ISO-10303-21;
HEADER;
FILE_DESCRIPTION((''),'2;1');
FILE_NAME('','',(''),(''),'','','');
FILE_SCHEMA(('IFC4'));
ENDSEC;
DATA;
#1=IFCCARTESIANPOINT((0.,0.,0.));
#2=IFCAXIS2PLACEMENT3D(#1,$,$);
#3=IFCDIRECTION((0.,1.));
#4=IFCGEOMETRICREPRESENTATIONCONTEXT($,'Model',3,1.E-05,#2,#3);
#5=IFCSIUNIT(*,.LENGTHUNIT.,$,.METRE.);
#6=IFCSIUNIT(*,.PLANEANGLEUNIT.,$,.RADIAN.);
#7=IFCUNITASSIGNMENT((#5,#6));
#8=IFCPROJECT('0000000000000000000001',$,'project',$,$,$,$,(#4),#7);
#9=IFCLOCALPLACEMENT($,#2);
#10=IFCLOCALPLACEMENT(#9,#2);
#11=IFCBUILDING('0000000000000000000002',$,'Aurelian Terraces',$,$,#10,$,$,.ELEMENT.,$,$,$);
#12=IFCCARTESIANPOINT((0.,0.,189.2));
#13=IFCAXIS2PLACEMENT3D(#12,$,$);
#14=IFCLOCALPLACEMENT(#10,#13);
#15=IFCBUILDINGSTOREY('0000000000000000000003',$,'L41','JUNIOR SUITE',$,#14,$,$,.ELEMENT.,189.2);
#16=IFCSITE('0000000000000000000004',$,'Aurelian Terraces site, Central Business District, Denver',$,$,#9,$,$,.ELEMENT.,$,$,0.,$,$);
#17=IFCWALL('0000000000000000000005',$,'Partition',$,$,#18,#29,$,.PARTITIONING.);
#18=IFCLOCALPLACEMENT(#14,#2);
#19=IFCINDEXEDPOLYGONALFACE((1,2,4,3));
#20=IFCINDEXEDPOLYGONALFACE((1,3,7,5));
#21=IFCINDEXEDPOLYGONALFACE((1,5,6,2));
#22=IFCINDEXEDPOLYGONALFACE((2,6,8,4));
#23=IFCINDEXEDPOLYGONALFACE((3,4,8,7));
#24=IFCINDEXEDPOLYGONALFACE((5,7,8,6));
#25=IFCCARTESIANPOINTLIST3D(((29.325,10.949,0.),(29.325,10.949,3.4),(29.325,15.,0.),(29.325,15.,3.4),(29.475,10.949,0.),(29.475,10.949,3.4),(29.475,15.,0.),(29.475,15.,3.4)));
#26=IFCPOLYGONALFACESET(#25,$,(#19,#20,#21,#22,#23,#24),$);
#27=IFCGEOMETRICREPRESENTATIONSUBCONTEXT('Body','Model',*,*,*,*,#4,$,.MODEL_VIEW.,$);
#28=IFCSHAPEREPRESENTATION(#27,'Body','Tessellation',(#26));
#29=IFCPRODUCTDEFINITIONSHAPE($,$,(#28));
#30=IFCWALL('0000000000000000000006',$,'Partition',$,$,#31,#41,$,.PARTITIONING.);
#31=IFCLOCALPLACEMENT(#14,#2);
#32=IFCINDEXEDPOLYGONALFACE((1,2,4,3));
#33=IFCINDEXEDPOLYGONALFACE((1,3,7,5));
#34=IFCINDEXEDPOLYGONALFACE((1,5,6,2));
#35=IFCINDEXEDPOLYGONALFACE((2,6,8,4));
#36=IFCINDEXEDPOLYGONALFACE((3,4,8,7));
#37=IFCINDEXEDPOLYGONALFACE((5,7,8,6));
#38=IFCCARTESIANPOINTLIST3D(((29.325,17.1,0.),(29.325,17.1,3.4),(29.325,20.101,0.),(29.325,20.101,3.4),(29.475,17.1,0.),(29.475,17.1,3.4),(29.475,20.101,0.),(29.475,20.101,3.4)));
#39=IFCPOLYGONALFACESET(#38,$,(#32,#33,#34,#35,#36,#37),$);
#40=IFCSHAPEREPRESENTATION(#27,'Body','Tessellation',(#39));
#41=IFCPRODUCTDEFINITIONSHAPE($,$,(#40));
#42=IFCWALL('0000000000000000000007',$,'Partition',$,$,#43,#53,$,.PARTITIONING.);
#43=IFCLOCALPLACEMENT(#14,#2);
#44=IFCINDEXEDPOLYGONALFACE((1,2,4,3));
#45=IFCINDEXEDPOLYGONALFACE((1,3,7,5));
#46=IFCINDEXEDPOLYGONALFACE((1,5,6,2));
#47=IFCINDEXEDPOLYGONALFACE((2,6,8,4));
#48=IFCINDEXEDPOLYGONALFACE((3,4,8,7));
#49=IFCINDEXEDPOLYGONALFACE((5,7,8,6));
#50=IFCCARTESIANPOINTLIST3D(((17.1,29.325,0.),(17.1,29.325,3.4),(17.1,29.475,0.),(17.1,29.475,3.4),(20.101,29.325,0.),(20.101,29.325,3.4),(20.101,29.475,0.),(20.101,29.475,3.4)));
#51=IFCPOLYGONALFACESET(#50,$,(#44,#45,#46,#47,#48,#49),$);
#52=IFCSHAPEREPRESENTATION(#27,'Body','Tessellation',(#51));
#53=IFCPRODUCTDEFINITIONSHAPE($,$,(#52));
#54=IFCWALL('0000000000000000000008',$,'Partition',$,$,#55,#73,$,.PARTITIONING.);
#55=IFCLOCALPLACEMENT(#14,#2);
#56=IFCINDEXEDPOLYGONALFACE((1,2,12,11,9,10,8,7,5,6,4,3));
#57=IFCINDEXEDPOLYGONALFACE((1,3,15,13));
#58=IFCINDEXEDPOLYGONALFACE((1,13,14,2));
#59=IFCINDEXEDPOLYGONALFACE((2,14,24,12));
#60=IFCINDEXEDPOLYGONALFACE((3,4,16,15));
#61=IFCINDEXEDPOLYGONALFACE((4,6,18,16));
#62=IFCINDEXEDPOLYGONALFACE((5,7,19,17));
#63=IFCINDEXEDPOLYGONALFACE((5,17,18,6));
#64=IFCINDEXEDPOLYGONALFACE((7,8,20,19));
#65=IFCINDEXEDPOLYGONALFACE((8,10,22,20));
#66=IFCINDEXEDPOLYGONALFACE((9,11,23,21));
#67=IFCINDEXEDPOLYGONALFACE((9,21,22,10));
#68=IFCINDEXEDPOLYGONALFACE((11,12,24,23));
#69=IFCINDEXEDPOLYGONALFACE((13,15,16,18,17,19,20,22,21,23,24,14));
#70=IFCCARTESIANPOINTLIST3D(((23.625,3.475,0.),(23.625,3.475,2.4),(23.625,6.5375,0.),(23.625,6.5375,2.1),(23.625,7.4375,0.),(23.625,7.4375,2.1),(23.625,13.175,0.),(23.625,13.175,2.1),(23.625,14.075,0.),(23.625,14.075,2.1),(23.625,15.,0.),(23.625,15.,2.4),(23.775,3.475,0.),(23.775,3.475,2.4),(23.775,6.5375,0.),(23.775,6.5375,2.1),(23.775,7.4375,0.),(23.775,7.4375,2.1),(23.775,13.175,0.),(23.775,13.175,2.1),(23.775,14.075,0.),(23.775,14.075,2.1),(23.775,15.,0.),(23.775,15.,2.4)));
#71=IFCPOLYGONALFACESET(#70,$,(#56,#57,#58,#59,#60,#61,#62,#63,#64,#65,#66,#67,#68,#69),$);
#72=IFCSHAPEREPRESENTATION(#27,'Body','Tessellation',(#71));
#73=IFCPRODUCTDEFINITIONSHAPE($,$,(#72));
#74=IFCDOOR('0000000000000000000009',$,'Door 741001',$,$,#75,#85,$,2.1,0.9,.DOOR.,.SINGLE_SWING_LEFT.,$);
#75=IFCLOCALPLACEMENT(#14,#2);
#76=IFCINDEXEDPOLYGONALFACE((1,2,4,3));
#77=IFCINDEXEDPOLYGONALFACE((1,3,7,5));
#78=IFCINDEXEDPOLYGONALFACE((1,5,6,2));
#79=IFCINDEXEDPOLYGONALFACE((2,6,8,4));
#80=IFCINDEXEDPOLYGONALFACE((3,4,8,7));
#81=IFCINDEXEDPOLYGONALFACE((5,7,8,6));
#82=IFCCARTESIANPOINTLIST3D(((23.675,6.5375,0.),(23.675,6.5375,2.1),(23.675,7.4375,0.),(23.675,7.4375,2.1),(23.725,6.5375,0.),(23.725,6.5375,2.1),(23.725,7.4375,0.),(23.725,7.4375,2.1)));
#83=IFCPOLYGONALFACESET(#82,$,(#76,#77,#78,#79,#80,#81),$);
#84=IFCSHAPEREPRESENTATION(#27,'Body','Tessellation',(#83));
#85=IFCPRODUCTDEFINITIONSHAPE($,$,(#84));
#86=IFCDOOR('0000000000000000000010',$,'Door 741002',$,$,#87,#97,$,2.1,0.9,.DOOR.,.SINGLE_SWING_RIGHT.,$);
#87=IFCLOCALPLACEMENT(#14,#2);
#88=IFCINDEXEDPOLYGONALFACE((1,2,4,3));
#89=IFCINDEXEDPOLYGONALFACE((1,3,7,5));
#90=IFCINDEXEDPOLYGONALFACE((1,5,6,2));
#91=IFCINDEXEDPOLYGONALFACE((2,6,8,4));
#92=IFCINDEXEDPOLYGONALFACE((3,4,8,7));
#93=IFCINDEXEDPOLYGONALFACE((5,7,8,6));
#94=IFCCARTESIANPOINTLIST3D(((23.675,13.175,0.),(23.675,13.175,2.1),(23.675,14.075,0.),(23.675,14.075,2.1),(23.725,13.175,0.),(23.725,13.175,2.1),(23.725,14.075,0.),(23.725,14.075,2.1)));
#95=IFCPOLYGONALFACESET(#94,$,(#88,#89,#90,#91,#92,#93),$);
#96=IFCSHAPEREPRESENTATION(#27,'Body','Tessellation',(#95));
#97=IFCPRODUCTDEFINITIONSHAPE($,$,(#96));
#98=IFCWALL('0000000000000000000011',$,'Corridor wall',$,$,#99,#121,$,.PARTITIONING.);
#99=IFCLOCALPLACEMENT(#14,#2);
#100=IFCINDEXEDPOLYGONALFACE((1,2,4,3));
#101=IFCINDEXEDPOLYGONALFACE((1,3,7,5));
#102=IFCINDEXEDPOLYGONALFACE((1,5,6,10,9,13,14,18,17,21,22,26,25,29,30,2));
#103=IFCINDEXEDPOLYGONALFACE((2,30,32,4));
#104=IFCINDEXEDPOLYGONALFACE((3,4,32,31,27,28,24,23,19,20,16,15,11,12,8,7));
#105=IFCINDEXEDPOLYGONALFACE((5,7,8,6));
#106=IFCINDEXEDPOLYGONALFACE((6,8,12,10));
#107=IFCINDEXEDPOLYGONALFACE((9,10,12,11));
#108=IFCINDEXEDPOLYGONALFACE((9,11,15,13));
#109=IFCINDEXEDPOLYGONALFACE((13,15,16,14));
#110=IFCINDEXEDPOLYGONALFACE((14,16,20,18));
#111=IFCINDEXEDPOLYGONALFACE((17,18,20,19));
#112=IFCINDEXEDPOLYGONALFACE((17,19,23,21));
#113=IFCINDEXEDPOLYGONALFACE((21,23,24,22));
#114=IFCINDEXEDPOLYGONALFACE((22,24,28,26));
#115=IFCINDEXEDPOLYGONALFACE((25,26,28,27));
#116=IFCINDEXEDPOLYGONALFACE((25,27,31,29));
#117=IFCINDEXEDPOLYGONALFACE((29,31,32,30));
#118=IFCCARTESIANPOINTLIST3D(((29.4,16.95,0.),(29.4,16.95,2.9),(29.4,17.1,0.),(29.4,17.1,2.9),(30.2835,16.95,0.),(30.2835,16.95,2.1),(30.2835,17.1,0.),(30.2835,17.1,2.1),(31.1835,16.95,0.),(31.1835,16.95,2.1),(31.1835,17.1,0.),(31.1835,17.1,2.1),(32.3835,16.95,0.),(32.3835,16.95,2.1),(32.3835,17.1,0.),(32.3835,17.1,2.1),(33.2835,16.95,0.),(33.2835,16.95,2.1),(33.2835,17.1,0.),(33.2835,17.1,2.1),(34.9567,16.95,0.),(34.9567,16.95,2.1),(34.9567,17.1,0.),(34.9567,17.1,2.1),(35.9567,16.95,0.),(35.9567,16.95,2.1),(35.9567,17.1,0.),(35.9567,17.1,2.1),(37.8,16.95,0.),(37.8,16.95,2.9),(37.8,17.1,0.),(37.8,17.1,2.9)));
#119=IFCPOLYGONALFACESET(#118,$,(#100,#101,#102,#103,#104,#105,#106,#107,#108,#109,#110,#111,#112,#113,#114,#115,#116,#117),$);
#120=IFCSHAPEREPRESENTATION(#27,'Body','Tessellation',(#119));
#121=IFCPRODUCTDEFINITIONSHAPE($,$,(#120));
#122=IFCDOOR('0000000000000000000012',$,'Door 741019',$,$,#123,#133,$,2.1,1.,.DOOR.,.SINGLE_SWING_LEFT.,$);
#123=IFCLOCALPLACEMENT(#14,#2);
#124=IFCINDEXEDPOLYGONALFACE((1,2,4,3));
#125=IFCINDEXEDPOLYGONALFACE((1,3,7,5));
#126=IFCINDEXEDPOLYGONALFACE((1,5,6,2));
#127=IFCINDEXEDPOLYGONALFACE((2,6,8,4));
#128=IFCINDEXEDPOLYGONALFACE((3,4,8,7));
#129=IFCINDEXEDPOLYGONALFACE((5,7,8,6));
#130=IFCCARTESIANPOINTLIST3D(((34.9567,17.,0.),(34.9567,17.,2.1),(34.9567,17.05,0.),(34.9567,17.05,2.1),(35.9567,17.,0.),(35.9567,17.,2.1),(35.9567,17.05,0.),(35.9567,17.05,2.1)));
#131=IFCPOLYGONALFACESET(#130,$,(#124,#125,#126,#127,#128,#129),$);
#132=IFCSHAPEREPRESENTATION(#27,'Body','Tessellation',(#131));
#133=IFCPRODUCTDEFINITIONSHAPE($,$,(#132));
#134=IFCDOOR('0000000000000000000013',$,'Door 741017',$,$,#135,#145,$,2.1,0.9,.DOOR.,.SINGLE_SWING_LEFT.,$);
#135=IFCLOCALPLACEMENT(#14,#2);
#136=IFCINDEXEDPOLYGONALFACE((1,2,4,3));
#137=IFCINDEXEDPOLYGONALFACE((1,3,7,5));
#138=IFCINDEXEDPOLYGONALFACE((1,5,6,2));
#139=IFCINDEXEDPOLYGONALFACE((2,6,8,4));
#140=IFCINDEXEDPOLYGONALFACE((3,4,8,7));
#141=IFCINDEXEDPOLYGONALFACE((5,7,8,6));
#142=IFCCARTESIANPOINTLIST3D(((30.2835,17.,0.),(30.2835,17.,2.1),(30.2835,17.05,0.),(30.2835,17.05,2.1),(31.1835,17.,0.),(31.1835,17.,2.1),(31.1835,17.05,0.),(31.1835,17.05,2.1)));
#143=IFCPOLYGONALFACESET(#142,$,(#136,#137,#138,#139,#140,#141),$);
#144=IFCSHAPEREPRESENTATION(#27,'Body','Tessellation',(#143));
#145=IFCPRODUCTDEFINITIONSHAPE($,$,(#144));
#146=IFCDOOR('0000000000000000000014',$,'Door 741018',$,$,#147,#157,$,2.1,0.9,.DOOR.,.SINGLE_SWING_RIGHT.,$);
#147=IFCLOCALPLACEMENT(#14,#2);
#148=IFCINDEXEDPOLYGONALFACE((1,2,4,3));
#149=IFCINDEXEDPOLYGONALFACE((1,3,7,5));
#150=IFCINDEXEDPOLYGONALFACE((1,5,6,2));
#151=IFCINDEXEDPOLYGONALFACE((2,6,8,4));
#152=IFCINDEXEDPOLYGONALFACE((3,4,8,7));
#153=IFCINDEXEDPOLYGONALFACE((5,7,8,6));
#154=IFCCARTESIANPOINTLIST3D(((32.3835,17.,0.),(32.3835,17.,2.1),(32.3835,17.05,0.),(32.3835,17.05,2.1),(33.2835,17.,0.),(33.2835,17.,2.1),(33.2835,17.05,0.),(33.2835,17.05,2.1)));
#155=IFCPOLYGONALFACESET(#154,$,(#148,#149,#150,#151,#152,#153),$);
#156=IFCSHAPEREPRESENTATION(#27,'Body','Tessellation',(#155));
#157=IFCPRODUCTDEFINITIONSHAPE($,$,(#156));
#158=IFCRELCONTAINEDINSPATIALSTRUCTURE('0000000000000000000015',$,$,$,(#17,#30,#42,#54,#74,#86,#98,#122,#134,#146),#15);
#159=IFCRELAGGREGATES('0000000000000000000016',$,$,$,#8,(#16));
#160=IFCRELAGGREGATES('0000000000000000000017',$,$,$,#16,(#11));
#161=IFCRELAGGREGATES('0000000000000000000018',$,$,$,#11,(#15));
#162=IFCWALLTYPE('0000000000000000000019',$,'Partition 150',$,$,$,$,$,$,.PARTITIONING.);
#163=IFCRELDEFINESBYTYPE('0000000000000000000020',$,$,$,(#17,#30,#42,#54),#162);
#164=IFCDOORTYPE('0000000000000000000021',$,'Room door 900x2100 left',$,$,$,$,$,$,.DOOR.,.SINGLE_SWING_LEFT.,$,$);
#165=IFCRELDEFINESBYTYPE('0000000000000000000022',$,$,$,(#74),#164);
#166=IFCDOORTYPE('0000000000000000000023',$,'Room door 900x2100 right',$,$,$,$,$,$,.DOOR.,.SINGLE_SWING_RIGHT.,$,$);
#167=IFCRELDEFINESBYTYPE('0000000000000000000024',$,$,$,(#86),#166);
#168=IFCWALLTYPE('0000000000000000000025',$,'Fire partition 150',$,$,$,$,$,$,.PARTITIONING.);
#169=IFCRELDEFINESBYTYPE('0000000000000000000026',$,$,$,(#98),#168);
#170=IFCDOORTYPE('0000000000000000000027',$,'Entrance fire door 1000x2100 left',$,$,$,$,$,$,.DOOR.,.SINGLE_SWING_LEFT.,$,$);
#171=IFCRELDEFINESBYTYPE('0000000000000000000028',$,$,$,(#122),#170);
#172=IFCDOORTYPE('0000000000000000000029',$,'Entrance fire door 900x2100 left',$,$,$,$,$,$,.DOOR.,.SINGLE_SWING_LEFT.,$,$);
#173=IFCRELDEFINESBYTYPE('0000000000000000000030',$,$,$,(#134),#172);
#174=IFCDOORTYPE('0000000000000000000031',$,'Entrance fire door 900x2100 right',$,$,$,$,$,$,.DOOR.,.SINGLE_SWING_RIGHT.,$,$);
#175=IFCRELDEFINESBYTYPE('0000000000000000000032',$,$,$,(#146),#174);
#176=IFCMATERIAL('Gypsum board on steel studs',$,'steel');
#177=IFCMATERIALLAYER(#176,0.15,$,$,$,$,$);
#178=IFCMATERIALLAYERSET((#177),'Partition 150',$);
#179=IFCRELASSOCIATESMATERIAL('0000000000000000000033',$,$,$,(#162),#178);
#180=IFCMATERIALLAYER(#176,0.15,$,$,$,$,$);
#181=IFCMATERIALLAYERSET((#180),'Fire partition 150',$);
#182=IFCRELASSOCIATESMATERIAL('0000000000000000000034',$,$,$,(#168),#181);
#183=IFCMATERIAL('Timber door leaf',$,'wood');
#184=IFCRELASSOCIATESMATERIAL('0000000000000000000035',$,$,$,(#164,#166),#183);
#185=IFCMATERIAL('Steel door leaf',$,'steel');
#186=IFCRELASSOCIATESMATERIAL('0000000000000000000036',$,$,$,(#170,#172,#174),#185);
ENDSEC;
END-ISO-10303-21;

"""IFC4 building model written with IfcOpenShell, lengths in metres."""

from ifc_helpers import new_model, si_unit, direction, frame, frame_2d, origin, place, context, subcontext, project, spatial, rectangle, extrude, source, transform, mapped, material, layer, layer_set, type_object, element, fill, save


model = new_model("IFC4")

# Units and contexts
model_context = context("Model", 3, precision=1e-05, world=origin(), true_north=direction((0.0, 1.0)))
body_context = subcontext(model_context, "Body", "Model", "MODEL_VIEW")
ifc_project = project(units=[si_unit("LENGTHUNIT", "METRE"), si_unit("PLANEANGLEUNIT", "RADIAN")], contexts=[model_context])

# Site, building, storey
site_placement = place(None, origin())
site = spatial("IfcSite", under=ifc_project, at=site_placement, Name="Aurelian Terraces site, Central Business District, Denver", CompositionType="ELEMENT", RefElevation=0.0)
building_placement = place(site_placement, origin())
building = spatial("IfcBuilding", under=site, at=building_placement, Name="Aurelian Terraces", CompositionType="ELEMENT")
storey_placement = place(building_placement, frame((0.0, 0.0, 189.2)))
storey = spatial("IfcBuildingStorey", under=building, at=storey_placement, Name="L41", Description="JUNIOR SUITE", CompositionType="ELEMENT", Elevation=189.2)

# Shared definitions
ifc_material_1 = material(Name="Gypsum board on steel studs", Category="steel")
ifc_layer_1 = layer(ifc_material_1, 0.15)
ifc_layer_set_1 = layer_set([ifc_layer_1], Name="Partition 150")
wall_type_1 = type_object("IfcWallType", Name="Partition 150", PredefinedType="PARTITIONING", material=ifc_layer_set_1)
ifc_layer_2 = layer(ifc_material_1, 0.15)
ifc_layer_set_2 = layer_set([ifc_layer_2], Name="Fire partition 150")
wall_type_2 = type_object("IfcWallType", Name="Fire partition 150", PredefinedType="PARTITIONING", material=ifc_layer_set_2)

# Shared definitions
shared_shape_1 = source(origin(), body_context, "Body", "SweptSolid", [
    extrude(rectangle(XDim=0.9, YDim=2.1, at=frame_2d((0.45, 1.05))), frame((0.0, 0.085, 0.0), z_axis=(0.0, -1.0, 0.0), x_axis=(1.0, 0.0, 0.0)), (0.0, 0.0, 1.0), 0.17),
])
ifc_material_2 = material(Name="Timber door leaf", Category="wood")
door_type_1 = type_object("IfcDoorType", Name="Room door 900x2100 left", OperationType="SINGLE_SWING_LEFT", PredefinedType="DOOR", material=ifc_material_2)
shared_shape_2 = source(origin(), body_context, "Body", "SweptSolid", [
    extrude(rectangle(XDim=0.9, YDim=2.1, at=frame_2d((0.45, 1.05))), frame((0.0, 0.025, 0.0), z_axis=(0.0, -1.0, 0.0), x_axis=(1.0, 0.0, 0.0)), (0.0, 0.0, 1.0), 0.05),
])

# Walls
shared_shape_3 = source(origin(), body_context, "Body", "SweptSolid", [
    extrude(rectangle(XDim=4.051, YDim=0.15, at=frame_2d((2.0255, 0.0))), origin(), (0.0, 0.0, 1.0), 3.4),
])
wall_1_placement = place(storey_placement, frame((29.4, 10.949, 0.0), z_axis=(0.0, 0.0, 1.0), x_axis=(0.0, 1.0, 0.0)))
element("IfcWall", 1, at=wall_1_placement, inside=storey, type_object=wall_type_1, Name="Partition", PredefinedType="PARTITIONING", context=body_context, shape_type="MappedRepresentation", body=[
    mapped(shared_shape_3, transform((0.0, 0.0, 0.0), scale=1.0)),
])
shared_shape_4 = source(origin(), body_context, "Body", "SweptSolid", [
    extrude(rectangle(XDim=3.001, YDim=0.15, at=frame_2d((1.5005, 0.0))), origin(), (0.0, 0.0, 1.0), 3.4),
])
for number, where, z_axis, x_axis, name in (
    (2, (29.4, 17.1, 0.0), (0.0, 0.0, 1.0), (0.0, 1.0, 0.0), "Partition"),
    (3, (20.101, 29.4, 0.0), (0.0, 0.0, 1.0), (-1.0, 0.0, 0.0), "Partition"),
):
    element("IfcWall", number, at=place(storey_placement, frame(where, z_axis=z_axis, x_axis=x_axis)), inside=storey, type_object=wall_type_1, Name=name, PredefinedType="PARTITIONING", context=body_context, shape_type="MappedRepresentation", body=[
        mapped(shared_shape_4, transform((0.0, 0.0, 0.0), scale=1.0)),
    ])

# Walls, openings, doors
shared_shape_5 = source(origin(), body_context, "Body", "SweptSolid", [
    extrude(rectangle(XDim=11.525, YDim=0.15, at=frame_2d((5.7625, 0.0))), origin(), (0.0, 0.0, 1.0), 2.4),
])
wall_2_placement = place(storey_placement, frame((23.7, 15.0, 0.0), z_axis=(0.0, 0.0, 1.0), x_axis=(0.0, -1.0, 0.0)))
wall_2 = element("IfcWall", 4, at=wall_2_placement, inside=storey, type_object=wall_type_1, Name="Partition", PredefinedType="PARTITIONING", context=body_context, shape_type="MappedRepresentation", body=[
    mapped(shared_shape_5, transform((0.0, 0.0, 0.0), scale=1.0)),
])
opening_1_placement = place(wall_2_placement, frame((7.5625, 0.0, 0.0)))
opening_1 = element("IfcOpeningElement", 5, at=opening_1_placement, cuts=wall_2, PredefinedType="OPENING", context=body_context, shape_type="MappedRepresentation", body=[
    mapped(shared_shape_1, transform((0.0, 0.0, 0.0), scale=1.0)),
])
opening_2_placement = place(wall_2_placement, frame((0.925, 0.0, 0.0)))
opening_2 = element("IfcOpeningElement", 6, at=opening_2_placement, cuts=wall_2, PredefinedType="OPENING", context=body_context, shape_type="MappedRepresentation", body=[
    mapped(shared_shape_1, transform((0.0, 0.0, 0.0), scale=1.0)),
])
door_1_placement = place(opening_1_placement, origin())
door_1 = element("IfcDoor", 7, at=door_1_placement, inside=storey, type_object=door_type_1, Name="Door 741001", OperationType="SINGLE_SWING_LEFT", OverallHeight=2.1, OverallWidth=0.9, PredefinedType="DOOR", context=body_context, shape_type="MappedRepresentation", body=[
    mapped(shared_shape_2, transform((0.0, 0.0, 0.0), scale=1.0)),
])
fill(opening_1, door_1)
door_type_2 = type_object("IfcDoorType", Name="Room door 900x2100 right", OperationType="SINGLE_SWING_RIGHT", PredefinedType="DOOR", material=ifc_material_2)
door_2_placement = place(opening_2_placement, origin())
door_2 = element("IfcDoor", 8, at=door_2_placement, inside=storey, type_object=door_type_2, Name="Door 741002", OperationType="SINGLE_SWING_RIGHT", OverallHeight=2.1, OverallWidth=0.9, PredefinedType="DOOR", context=body_context, shape_type="MappedRepresentation", body=[
    mapped(shared_shape_2, transform((0.0, 0.0, 0.0), scale=1.0)),
])
fill(opening_2, door_2)
shared_shape_6 = source(origin(), body_context, "Body", "SweptSolid", [
    extrude(rectangle(XDim=8.4, YDim=0.15, at=frame_2d((4.2, 0.0))), origin(), (0.0, 0.0, 1.0), 2.9),
])
wall_3_placement = place(storey_placement, frame((29.4, 17.025, 0.0), z_axis=(0.0, 0.0, 1.0), x_axis=(1.0, 0.0, 0.0)))
wall_3 = element("IfcWall", 9, at=wall_3_placement, inside=storey, type_object=wall_type_2, Name="Corridor wall", PredefinedType="PARTITIONING", context=body_context, shape_type="MappedRepresentation", body=[
    mapped(shared_shape_6, transform((0.0, 0.0, 0.0), scale=1.0)),
])
opening_3_placement = place(wall_3_placement, frame((0.8835, 0.0, 0.0)))
opening_3 = element("IfcOpeningElement", 10, at=opening_3_placement, cuts=wall_3, PredefinedType="OPENING", context=body_context, shape_type="MappedRepresentation", body=[
    mapped(shared_shape_1, transform((0.0, 0.0, 0.0), scale=1.0)),
])
opening_4_placement = place(wall_3_placement, frame((2.9835, 0.0, 0.0)))
opening_4 = element("IfcOpeningElement", 11, at=opening_4_placement, cuts=wall_3, PredefinedType="OPENING", context=body_context, shape_type="MappedRepresentation", body=[
    mapped(shared_shape_1, transform((0.0, 0.0, 0.0), scale=1.0)),
])
shared_shape_7 = source(origin(), body_context, "Body", "SweptSolid", [
    extrude(rectangle(XDim=1.0, YDim=2.1, at=frame_2d((0.5, 1.05))), frame((0.0, 0.085, 0.0), z_axis=(0.0, -1.0, 0.0), x_axis=(1.0, 0.0, 0.0)), (0.0, 0.0, 1.0), 0.17),
])
opening_5_placement = place(wall_3_placement, frame((5.5567, 0.0, 0.0)))
opening_5 = element("IfcOpeningElement", 12, at=opening_5_placement, cuts=wall_3, PredefinedType="OPENING", context=body_context, shape_type="MappedRepresentation", body=[
    mapped(shared_shape_7, transform((0.0, 0.0, 0.0), scale=1.0)),
])
ifc_material_3 = material(Name="Steel door leaf", Category="steel")
door_type_3 = type_object("IfcDoorType", Name="Entrance fire door 1000x2100 left", OperationType="SINGLE_SWING_LEFT", PredefinedType="DOOR", material=ifc_material_3)
shared_shape_8 = source(origin(), body_context, "Body", "SweptSolid", [
    extrude(rectangle(XDim=1.0, YDim=2.1, at=frame_2d((0.5, 1.05))), frame((0.0, 0.025, 0.0), z_axis=(0.0, -1.0, 0.0), x_axis=(1.0, 0.0, 0.0)), (0.0, 0.0, 1.0), 0.05),
])
door_3_placement = place(opening_5_placement, origin())
door_3 = element("IfcDoor", 13, at=door_3_placement, inside=storey, type_object=door_type_3, Name="Door 741019", OperationType="SINGLE_SWING_LEFT", OverallHeight=2.1, OverallWidth=1.0, PredefinedType="DOOR", context=body_context, shape_type="MappedRepresentation", body=[
    mapped(shared_shape_8, transform((0.0, 0.0, 0.0), scale=1.0)),
])
fill(opening_5, door_3)
door_type_4 = type_object("IfcDoorType", Name="Entrance fire door 900x2100 left", OperationType="SINGLE_SWING_LEFT", PredefinedType="DOOR", material=ifc_material_3)
door_4_placement = place(opening_3_placement, origin())
door_4 = element("IfcDoor", 14, at=door_4_placement, inside=storey, type_object=door_type_4, Name="Door 741017", OperationType="SINGLE_SWING_LEFT", OverallHeight=2.1, OverallWidth=0.9, PredefinedType="DOOR", context=body_context, shape_type="MappedRepresentation", body=[
    mapped(shared_shape_2, transform((0.0, 0.0, 0.0), scale=1.0)),
])
fill(opening_3, door_4)
door_type_5 = type_object("IfcDoorType", Name="Entrance fire door 900x2100 right", OperationType="SINGLE_SWING_RIGHT", PredefinedType="DOOR", material=ifc_material_3)
door_5_placement = place(opening_4_placement, origin())
door_5 = element("IfcDoor", 15, at=door_5_placement, inside=storey, type_object=door_type_5, Name="Door 741018", OperationType="SINGLE_SWING_RIGHT", OverallHeight=2.1, OverallWidth=0.9, PredefinedType="DOOR", context=body_context, shape_type="MappedRepresentation", body=[
    mapped(shared_shape_2, transform((0.0, 0.0, 0.0), scale=1.0)),
])
fill(opening_4, door_5)

save(model, "model.ifc")
